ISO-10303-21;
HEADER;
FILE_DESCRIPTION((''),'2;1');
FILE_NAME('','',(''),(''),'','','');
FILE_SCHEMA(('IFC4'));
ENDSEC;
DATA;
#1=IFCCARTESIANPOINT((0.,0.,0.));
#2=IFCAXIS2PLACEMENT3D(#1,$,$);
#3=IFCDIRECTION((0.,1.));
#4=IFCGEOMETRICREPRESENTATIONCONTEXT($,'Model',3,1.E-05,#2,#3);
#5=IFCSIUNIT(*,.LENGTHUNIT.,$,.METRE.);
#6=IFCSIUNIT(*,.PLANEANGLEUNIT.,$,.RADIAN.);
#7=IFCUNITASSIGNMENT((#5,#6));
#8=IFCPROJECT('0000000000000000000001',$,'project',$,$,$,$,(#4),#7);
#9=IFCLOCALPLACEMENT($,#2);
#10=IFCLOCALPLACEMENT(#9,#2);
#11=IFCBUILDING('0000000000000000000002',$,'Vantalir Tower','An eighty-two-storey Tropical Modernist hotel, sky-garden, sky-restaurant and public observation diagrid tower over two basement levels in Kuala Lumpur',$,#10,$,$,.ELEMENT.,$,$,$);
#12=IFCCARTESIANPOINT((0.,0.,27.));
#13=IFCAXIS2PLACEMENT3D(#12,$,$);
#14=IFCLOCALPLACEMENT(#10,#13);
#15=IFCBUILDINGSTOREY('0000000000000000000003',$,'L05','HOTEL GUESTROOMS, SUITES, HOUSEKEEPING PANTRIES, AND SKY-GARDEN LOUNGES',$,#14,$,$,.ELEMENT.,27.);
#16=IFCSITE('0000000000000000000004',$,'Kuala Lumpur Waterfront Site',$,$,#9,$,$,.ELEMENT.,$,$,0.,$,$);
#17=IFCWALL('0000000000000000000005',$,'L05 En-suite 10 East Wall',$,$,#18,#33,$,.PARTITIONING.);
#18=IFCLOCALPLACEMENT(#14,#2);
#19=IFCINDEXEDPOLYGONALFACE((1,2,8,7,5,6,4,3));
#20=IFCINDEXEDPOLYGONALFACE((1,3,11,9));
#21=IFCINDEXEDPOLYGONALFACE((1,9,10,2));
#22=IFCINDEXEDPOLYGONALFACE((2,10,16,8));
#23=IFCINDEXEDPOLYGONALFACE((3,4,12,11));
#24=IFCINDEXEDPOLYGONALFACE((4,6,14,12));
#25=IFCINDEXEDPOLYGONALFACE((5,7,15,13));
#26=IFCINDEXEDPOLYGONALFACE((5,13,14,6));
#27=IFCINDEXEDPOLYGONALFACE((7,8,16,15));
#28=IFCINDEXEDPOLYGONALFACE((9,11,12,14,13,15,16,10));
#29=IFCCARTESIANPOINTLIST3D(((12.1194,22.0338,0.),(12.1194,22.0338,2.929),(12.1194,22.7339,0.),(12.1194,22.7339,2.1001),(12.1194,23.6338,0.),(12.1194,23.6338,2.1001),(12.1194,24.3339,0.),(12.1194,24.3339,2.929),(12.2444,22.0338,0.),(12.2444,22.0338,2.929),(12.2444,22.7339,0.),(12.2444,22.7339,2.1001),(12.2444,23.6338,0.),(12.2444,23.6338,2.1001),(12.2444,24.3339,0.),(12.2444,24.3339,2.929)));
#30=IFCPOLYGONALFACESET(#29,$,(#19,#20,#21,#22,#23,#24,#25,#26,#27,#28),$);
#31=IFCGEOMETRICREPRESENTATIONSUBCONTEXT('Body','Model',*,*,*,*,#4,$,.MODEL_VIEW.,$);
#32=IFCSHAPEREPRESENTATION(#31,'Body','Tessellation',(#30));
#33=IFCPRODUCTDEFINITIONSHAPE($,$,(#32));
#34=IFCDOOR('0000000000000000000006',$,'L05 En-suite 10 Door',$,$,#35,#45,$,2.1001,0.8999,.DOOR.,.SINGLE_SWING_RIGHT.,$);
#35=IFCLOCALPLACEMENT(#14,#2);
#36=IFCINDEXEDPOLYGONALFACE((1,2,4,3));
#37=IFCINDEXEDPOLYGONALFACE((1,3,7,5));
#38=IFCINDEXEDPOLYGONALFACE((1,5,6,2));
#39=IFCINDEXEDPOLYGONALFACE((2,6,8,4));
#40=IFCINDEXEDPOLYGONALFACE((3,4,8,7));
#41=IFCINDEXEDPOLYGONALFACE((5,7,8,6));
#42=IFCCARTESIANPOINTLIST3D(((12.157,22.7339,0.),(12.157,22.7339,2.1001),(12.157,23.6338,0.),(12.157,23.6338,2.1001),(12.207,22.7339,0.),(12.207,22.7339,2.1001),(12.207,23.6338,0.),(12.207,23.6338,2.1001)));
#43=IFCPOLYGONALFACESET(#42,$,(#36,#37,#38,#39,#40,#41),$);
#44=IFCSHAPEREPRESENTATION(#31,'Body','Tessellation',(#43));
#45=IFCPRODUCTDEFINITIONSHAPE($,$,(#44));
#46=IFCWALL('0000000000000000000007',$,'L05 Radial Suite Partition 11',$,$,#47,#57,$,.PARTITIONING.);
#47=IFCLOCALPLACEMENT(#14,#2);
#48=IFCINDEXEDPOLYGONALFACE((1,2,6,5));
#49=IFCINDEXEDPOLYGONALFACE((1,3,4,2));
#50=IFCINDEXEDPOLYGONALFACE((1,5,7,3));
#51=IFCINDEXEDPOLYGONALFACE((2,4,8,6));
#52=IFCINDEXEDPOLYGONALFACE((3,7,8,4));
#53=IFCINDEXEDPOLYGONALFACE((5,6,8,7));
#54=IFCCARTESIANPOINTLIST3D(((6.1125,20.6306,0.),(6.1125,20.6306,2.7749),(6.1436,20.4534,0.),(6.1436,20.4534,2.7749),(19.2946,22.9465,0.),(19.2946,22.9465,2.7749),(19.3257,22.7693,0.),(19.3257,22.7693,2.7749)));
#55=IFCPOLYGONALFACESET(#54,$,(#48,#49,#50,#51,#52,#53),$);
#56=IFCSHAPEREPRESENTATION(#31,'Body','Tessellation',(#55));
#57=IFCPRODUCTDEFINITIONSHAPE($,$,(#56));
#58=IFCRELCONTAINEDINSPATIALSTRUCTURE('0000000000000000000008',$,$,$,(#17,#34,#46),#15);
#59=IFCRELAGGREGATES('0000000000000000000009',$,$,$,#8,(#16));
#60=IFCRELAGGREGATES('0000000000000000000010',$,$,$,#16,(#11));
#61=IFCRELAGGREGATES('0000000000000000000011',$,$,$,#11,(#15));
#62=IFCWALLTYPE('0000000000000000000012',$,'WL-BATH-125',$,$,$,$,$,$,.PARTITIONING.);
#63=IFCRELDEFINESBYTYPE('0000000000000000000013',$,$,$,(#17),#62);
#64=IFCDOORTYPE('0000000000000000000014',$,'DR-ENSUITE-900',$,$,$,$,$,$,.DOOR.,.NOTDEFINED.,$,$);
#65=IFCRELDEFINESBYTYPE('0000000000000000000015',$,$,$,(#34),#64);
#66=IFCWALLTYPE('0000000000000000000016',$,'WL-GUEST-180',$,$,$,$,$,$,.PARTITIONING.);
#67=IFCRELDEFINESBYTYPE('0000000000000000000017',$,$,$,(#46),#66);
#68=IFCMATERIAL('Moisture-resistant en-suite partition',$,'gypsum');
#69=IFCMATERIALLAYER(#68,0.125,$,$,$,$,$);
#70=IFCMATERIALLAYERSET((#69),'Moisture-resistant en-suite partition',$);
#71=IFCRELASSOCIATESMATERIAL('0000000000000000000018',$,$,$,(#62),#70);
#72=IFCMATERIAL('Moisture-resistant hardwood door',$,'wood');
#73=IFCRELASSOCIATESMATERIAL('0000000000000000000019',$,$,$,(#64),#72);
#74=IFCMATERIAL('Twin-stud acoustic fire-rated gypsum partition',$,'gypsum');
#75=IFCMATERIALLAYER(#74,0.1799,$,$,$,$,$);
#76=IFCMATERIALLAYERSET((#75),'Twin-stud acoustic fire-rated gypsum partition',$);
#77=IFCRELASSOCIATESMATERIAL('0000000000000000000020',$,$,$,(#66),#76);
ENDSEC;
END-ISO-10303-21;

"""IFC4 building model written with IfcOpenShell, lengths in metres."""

from ifc_helpers import new_model, si_unit, direction, frame, frame_2d, origin, place, context, subcontext, project, spatial, rectangle, extrude, material, layer, layer_set, type_object, element, fill, save


model = new_model("IFC4")

# Units and contexts
model_context = context("Model", 3, precision=1e-05, world=origin(), true_north=direction((0.0, 1.0)))
body_context = subcontext(model_context, "Body", "Model", "MODEL_VIEW")
ifc_project = project(units=[si_unit("LENGTHUNIT", "METRE"), si_unit("PLANEANGLEUNIT", "RADIAN")], contexts=[model_context])

# Site, building, storey
site_placement = place(None, origin())
site = spatial("IfcSite", under=ifc_project, at=site_placement, Name="Kuala Lumpur Waterfront Site", CompositionType="ELEMENT", RefElevation=0.0)
building_placement = place(site_placement, origin())
building = spatial("IfcBuilding", under=site, at=building_placement, Name="Vantalir Tower", Description="An eighty-two-storey Tropical Modernist hotel, sky-garden, sky-restaurant and public observation diagrid tower over two basement levels in Kuala Lumpur", CompositionType="ELEMENT")
storey_placement = place(building_placement, frame((0.0, 0.0, 27.0)))
storey = spatial("IfcBuildingStorey", under=building, at=storey_placement, Name="L05", Description="HOTEL GUESTROOMS, SUITES, HOUSEKEEPING PANTRIES, AND SKY-GARDEN LOUNGES", CompositionType="ELEMENT", Elevation=27.0)

# Shared definitions
ifc_material_1 = material(Name="Moisture-resistant en-suite partition", Category="gypsum")
ifc_layer_1 = layer(ifc_material_1, 0.125)
ifc_layer_set_1 = layer_set([ifc_layer_1], Name="Moisture-resistant en-suite partition")
wall_type_1 = type_object("IfcWallType", Name="WL-BATH-125", PredefinedType="PARTITIONING", material=ifc_layer_set_1)

# Shared definitions
ifc_material_2 = material(Name="Moisture-resistant hardwood door", Category="wood")
door_type = type_object("IfcDoorType", Name="DR-ENSUITE-900", OperationType="NOTDEFINED", PredefinedType="DOOR", material=ifc_material_2)

# Wall, opening, door
wall_1_placement = place(storey_placement, frame((12.1819, 22.0339, 0.0), z_axis=(0.0, 0.0, 1.0), x_axis=(0.0, 1.0, 0.0)))
wall_1 = element("IfcWall", 1, at=wall_1_placement, inside=storey, type_object=wall_type_1, Name="L05 En-suite 10 East Wall", PredefinedType="PARTITIONING", context=body_context, shape_type="SweptSolid", body=[
    extrude(rectangle(XDim=2.3, YDim=0.125, at=frame_2d((1.1499, 0.0))), origin(), (0.0, 0.0, 1.0), 2.929),
])
opening_1_placement = place(wall_1_placement, frame((0.7, 0.0, 0.0)))
opening_1 = element("IfcOpeningElement", 2, at=opening_1_placement, cuts=wall_1, PredefinedType="OPENING", context=body_context, shape_type="SweptSolid", body=[
    extrude(rectangle(XDim=0.8999, YDim=2.1001, at=frame_2d((0.45, 1.05))), frame((0.0, 0.0725, 0.0), z_axis=(0.0, -1.0, 0.0), x_axis=(1.0, 0.0, 0.0)), (0.0, 0.0, 1.0), 0.145),
])
door_1_placement = place(opening_1_placement, origin())
door_1 = element("IfcDoor", 3, at=door_1_placement, inside=storey, type_object=door_type, Name="L05 En-suite 10 Door", OperationType="SINGLE_SWING_RIGHT", OverallHeight=2.1001, OverallWidth=0.8999, PredefinedType="DOOR", context=body_context, shape_type="SweptSolid", body=[
    extrude(rectangle(XDim=0.8999, YDim=2.1001, at=frame_2d((0.45, 1.05))), frame((0.0, 0.0249, 0.0), z_axis=(0.0, -1.0, 0.0), x_axis=(1.0, 0.0, 0.0)), (0.0, 0.0, 1.0), 0.05),
])
fill(opening_1, door_1)

# Wall
ifc_material_3 = material(Name="Twin-stud acoustic fire-rated gypsum partition", Category="gypsum")
ifc_layer_2 = layer(ifc_material_3, 0.1799)
ifc_layer_set_2 = layer_set([ifc_layer_2], Name="Twin-stud acoustic fire-rated gypsum partition")
wall_type_2 = type_object("IfcWallType", Name="WL-GUEST-180", PredefinedType="PARTITIONING", material=ifc_layer_set_2)
wall_2_placement = place(storey_placement, frame((19.3101, 22.8579, 0.0), z_axis=(0.0, 0.0, 1.0), x_axis=(-0.984915, -0.173036, 0.0)))
element("IfcWall", 4, at=wall_2_placement, inside=storey, type_object=wall_type_2, Name="L05 Radial Suite Partition 11", PredefinedType="PARTITIONING", context=body_context, shape_type="SweptSolid", body=[
    extrude(rectangle(XDim=13.384, YDim=0.1799, at=frame_2d((6.6919, 0.0))), origin(), (0.0, 0.0, 1.0), 2.7749),
])

save(model, "model.ifc")
